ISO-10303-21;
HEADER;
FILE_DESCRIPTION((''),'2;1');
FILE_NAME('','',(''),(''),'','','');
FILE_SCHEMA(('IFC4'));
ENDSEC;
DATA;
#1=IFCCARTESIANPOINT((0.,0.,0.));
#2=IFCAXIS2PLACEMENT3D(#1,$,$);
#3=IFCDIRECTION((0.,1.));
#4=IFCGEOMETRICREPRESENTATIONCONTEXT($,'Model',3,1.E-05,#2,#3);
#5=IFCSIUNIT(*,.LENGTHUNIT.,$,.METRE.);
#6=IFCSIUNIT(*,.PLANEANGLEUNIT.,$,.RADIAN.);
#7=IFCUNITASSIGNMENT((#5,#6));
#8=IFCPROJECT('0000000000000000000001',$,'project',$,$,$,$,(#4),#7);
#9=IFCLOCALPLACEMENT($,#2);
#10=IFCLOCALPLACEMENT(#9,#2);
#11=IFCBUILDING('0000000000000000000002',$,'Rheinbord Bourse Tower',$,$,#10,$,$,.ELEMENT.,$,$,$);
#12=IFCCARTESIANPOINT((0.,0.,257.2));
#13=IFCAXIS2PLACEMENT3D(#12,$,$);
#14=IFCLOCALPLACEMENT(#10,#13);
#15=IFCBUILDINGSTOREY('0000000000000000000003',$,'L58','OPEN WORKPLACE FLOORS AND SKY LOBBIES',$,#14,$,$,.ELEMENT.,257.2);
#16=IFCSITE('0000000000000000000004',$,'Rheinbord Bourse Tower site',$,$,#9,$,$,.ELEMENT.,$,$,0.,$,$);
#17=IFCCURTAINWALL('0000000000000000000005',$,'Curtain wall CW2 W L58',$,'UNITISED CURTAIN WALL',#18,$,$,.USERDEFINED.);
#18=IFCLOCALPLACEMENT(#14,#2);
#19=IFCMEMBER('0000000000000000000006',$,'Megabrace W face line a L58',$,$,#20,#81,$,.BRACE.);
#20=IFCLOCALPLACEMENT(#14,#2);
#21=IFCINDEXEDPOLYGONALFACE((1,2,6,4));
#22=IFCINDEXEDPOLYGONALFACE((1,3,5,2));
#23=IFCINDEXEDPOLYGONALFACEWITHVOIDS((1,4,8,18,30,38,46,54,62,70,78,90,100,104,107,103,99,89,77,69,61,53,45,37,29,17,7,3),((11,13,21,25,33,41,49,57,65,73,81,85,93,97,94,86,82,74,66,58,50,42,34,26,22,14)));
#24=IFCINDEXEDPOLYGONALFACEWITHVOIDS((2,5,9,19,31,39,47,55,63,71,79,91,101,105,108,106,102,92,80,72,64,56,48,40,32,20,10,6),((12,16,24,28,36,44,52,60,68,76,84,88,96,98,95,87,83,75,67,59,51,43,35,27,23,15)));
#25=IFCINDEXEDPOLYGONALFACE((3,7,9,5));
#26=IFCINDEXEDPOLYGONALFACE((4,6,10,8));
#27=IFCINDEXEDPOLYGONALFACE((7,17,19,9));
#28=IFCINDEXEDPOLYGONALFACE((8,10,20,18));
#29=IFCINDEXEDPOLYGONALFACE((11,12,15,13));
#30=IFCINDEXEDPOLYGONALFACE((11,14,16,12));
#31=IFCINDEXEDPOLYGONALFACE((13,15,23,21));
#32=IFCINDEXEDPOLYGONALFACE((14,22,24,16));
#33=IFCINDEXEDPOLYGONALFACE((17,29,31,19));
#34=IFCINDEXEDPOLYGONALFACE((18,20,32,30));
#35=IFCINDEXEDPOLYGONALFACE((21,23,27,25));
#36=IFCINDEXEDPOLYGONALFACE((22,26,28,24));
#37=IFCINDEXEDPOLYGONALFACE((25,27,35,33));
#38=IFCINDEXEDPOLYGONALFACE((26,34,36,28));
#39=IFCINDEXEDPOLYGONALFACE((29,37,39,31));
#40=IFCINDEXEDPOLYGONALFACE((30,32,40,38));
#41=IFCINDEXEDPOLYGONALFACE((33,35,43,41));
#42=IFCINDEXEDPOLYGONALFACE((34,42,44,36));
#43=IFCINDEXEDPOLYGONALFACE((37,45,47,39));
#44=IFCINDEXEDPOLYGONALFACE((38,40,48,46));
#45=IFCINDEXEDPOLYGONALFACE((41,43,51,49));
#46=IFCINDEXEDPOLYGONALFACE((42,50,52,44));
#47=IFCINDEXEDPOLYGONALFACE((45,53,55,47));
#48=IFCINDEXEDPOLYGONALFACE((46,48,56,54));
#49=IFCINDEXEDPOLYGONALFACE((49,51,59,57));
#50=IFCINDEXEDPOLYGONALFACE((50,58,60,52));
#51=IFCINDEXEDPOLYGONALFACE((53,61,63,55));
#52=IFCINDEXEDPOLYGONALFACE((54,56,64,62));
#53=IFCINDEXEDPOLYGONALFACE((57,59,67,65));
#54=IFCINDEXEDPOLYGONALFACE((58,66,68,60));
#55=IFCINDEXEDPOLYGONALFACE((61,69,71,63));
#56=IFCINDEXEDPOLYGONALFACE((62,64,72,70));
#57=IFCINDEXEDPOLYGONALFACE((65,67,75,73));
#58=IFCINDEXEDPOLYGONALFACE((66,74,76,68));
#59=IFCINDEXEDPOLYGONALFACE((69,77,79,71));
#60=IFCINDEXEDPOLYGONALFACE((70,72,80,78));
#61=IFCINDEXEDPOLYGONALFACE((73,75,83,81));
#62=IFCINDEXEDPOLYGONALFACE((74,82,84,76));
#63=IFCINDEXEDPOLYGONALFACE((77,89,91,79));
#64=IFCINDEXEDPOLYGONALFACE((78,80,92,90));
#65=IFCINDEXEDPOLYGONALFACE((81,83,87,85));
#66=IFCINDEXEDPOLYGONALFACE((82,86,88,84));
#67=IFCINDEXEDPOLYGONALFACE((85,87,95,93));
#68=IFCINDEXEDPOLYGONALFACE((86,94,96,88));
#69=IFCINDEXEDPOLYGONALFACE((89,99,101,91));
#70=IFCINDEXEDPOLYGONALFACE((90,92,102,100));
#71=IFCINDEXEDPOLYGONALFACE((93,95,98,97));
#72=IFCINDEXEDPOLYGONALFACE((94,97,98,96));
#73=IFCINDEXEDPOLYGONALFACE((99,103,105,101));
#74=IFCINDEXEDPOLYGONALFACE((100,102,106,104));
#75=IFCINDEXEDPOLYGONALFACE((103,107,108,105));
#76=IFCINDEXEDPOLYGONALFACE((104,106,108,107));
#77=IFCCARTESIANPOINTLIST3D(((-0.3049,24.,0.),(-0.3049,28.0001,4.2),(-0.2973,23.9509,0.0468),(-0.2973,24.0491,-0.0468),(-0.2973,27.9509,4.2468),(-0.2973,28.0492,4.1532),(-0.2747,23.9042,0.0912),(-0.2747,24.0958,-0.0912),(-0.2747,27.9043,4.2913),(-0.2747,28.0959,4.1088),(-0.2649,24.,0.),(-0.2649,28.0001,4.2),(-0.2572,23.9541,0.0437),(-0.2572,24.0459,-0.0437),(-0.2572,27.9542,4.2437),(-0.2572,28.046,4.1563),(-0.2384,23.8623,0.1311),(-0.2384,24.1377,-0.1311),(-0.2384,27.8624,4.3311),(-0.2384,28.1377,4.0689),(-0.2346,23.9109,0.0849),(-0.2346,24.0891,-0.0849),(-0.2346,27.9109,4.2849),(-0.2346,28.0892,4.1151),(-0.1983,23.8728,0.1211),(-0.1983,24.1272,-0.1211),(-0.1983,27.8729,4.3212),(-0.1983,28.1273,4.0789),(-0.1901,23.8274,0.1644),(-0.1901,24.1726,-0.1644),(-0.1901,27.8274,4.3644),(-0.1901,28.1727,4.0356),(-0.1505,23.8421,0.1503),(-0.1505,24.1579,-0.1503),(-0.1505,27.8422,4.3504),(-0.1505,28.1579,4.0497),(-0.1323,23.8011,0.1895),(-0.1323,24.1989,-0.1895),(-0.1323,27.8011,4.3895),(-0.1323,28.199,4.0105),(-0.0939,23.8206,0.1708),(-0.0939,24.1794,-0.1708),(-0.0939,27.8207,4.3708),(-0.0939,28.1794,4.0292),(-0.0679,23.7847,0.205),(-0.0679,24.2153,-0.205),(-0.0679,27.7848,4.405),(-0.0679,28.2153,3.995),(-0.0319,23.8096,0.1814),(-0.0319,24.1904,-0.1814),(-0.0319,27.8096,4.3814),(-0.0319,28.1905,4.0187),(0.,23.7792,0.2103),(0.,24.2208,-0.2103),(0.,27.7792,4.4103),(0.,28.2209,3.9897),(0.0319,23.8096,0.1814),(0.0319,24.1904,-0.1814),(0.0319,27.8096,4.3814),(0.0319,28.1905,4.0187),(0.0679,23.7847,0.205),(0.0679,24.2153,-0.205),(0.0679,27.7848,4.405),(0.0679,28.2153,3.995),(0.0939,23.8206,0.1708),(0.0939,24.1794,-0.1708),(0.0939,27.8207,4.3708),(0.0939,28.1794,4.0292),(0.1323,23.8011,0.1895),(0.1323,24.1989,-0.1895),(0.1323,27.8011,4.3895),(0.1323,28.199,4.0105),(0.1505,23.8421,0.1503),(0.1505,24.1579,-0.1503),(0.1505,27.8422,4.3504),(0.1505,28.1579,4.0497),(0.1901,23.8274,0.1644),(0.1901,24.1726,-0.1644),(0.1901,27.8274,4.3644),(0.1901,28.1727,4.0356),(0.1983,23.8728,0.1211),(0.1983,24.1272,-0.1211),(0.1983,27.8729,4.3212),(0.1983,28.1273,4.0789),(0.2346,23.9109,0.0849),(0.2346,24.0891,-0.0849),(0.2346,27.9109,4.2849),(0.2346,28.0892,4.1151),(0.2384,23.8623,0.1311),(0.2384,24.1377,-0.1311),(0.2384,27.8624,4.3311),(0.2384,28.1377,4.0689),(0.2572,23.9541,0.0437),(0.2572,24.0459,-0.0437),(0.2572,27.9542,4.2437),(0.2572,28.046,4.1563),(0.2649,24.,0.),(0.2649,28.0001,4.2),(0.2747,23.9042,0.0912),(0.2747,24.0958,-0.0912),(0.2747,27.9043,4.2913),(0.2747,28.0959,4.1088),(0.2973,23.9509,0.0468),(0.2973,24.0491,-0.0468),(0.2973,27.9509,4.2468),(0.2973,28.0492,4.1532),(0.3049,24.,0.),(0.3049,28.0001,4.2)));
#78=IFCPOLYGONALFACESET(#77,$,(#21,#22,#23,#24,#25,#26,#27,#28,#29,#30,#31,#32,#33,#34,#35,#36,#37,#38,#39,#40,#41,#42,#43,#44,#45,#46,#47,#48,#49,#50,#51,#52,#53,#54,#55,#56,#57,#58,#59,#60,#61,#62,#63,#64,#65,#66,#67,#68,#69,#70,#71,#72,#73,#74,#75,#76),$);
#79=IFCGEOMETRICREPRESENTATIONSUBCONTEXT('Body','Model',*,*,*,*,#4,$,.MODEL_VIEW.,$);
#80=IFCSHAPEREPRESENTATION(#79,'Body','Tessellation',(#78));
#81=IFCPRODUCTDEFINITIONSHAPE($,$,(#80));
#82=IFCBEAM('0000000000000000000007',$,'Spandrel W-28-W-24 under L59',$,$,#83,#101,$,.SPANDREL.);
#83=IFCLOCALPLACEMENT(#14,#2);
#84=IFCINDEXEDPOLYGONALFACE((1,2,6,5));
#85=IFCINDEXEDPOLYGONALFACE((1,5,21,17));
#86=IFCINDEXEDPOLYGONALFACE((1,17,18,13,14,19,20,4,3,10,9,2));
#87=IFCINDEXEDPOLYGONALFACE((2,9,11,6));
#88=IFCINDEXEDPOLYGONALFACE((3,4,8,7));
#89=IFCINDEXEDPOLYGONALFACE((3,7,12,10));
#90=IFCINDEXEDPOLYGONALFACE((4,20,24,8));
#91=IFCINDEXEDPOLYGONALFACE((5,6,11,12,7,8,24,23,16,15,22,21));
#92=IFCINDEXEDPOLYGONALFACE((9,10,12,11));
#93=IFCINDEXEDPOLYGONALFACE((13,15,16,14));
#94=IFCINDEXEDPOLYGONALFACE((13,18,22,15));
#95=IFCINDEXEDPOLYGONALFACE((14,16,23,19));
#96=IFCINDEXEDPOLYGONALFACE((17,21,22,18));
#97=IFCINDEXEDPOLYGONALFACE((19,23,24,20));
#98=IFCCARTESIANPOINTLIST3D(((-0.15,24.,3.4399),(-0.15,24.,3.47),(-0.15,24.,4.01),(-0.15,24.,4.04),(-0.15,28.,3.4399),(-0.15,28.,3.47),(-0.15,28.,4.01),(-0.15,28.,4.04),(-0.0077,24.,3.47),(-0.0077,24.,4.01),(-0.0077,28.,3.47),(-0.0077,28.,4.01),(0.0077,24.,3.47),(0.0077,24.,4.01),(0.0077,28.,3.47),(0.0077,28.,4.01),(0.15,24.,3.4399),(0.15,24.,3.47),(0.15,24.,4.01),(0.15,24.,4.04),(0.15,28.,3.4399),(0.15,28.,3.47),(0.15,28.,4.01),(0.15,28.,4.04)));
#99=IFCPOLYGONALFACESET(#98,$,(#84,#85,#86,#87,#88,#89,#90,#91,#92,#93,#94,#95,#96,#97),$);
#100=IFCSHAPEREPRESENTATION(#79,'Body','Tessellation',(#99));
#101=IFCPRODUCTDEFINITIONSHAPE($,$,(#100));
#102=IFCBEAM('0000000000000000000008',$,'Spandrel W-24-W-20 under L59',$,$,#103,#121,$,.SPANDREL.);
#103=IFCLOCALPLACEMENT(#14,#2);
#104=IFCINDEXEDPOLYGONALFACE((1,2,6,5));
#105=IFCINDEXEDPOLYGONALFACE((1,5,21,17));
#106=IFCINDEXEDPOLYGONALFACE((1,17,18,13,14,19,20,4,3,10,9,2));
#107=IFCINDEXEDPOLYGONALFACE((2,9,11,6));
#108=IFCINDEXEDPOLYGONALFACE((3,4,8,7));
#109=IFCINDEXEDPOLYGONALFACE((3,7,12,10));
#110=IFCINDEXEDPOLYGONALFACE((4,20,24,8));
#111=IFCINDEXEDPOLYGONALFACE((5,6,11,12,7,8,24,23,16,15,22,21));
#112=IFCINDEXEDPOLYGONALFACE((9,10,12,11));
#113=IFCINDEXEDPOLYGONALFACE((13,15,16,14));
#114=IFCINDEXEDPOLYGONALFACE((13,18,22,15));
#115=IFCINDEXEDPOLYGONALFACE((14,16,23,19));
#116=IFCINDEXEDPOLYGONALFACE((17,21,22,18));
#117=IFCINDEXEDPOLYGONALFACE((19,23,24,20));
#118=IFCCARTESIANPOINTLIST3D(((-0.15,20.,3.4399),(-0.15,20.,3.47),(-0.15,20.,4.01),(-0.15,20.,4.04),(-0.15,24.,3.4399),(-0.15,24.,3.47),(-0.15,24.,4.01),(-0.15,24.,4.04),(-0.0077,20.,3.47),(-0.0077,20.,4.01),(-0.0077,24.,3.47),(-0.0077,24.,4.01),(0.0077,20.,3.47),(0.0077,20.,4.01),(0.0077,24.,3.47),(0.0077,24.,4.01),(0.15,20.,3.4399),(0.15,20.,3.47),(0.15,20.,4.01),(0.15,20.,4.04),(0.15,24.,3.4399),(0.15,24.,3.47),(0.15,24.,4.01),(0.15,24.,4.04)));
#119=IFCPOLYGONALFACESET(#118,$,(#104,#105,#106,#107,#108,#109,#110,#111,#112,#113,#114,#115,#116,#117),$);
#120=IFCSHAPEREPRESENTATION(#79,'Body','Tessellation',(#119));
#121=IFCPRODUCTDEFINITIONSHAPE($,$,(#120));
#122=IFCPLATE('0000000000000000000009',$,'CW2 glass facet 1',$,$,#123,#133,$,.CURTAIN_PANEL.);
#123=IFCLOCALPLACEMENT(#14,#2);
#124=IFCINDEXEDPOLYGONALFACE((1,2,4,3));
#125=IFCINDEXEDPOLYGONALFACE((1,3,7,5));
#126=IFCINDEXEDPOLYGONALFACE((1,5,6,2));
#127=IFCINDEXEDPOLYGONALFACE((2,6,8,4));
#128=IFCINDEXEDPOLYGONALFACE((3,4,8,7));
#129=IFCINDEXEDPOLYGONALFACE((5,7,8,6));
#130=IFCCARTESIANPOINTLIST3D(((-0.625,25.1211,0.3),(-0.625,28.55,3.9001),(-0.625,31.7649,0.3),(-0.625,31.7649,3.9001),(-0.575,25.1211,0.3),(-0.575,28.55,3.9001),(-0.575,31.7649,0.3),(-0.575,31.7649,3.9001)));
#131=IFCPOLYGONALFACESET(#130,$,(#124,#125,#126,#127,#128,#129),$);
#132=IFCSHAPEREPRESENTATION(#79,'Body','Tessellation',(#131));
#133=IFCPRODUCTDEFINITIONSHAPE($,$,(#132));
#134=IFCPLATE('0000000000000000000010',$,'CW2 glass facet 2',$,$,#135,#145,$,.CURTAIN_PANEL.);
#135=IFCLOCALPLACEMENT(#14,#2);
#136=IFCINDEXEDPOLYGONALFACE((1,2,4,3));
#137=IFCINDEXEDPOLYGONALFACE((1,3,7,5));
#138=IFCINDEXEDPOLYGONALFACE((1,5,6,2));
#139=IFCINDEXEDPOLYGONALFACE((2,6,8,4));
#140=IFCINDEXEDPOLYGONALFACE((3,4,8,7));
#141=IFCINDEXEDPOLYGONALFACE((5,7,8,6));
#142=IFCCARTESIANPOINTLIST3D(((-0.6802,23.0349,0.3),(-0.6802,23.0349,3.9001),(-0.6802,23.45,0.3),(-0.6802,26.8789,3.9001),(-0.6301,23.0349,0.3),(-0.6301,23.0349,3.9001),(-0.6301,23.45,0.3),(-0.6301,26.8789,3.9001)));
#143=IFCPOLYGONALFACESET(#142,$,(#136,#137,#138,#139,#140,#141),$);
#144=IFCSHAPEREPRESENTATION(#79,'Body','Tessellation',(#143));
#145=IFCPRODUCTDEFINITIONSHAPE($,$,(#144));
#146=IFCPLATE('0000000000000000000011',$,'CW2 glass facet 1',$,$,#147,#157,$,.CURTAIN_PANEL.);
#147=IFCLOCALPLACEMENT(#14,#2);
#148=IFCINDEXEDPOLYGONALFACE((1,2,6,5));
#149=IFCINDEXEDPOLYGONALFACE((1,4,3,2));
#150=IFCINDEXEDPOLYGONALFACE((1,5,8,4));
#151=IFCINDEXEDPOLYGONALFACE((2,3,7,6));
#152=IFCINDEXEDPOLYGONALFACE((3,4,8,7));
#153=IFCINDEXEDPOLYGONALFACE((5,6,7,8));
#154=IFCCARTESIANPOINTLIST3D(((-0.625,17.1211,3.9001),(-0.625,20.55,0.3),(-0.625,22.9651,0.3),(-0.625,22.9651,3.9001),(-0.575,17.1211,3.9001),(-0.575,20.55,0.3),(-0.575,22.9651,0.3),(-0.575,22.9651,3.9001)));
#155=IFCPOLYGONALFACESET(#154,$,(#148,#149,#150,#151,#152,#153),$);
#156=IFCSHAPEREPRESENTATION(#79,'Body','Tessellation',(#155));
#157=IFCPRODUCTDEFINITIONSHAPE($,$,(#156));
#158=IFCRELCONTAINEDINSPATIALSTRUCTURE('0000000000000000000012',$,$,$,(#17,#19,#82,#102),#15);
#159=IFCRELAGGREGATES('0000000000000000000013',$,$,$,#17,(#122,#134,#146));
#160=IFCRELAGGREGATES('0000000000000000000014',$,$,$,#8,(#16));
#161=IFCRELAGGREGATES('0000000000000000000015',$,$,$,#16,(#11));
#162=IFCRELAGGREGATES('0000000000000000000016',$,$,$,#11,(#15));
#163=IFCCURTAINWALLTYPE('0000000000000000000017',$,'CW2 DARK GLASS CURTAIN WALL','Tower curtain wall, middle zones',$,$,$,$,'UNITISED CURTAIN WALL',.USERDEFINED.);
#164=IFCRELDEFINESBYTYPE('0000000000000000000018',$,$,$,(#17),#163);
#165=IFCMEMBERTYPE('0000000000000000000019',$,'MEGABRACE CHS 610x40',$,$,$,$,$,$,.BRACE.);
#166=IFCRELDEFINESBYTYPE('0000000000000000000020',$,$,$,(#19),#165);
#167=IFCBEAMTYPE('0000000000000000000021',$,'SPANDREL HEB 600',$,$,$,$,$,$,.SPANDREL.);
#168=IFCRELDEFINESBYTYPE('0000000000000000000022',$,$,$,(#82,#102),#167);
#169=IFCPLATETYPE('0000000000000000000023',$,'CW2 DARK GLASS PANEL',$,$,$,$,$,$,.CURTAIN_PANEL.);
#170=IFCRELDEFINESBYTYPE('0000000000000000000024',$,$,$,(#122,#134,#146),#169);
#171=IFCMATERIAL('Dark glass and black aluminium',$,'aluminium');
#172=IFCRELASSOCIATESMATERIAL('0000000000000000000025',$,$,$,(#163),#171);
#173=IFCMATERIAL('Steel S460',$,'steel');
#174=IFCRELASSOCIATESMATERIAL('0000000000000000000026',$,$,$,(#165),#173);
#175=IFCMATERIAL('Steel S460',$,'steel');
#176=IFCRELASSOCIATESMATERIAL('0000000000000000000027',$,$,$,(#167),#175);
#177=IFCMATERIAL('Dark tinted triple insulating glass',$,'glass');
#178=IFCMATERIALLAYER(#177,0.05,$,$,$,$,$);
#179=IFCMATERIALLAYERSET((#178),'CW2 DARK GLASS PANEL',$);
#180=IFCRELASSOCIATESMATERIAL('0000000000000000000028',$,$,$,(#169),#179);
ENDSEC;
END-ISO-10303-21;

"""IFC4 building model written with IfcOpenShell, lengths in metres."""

from ifc_helpers import new_model, si_unit, direction, frame, origin, origin_2d, place, context, subcontext, project, spatial, polyline, hollow_circle, i_section, outline, extrude, material, layer, layer_set, material_profile, profile_set, type_object, element, aggregate, save


model = new_model("IFC4")

# Units and contexts
model_context = context("Model", 3, precision=1e-05, world=origin(), true_north=direction((0.0, 1.0)))
body_context = subcontext(model_context, "Body", "Model", "MODEL_VIEW")
ifc_project = project(units=[si_unit("LENGTHUNIT", "METRE"), si_unit("PLANEANGLEUNIT", "RADIAN")], contexts=[model_context])

# Site, building, storey
site_placement = place(None, origin())
site = spatial("IfcSite", under=ifc_project, at=site_placement, Name="Rheinbord Bourse Tower site", CompositionType="ELEMENT", RefElevation=0.0)
building_placement = place(site_placement, origin())
building = spatial("IfcBuilding", under=site, at=building_placement, Name="Rheinbord Bourse Tower", CompositionType="ELEMENT")
storey_placement = place(building_placement, frame((0.0, 0.0, 257.2)))
storey = spatial("IfcBuildingStorey", under=building, at=storey_placement, Name="L58", Description="OPEN WORKPLACE FLOORS AND SKY LOBBIES", CompositionType="ELEMENT", Elevation=257.2)

# Curtain wall
ifc_material_1 = material(Name="Dark glass and black aluminium", Category="aluminium")
curtain_wall_type = type_object("IfcCurtainWallType", Name="CW2 DARK GLASS CURTAIN WALL", Description="Tower curtain wall, middle zones", ElementType="UNITISED CURTAIN WALL", PredefinedType="USERDEFINED", material=ifc_material_1)
curtain_wall_placement = place(storey_placement, origin())
curtain_wall = element("IfcCurtainWall", 1, at=curtain_wall_placement, inside=storey, type_object=curtain_wall_type, Name="Curtain wall CW2 W L58", ObjectType="UNITISED CURTAIN WALL", PredefinedType="USERDEFINED")

# Member
ifc_material_2 = material(Name="Steel S460", Category="steel")
ifc_material_profile_1 = material_profile(ifc_material_2, hollow_circle(Radius=0.3049, WallThickness=0.04, at=origin_2d()), Name="CHS 610x40")
ifc_profile_set_1 = profile_set([ifc_material_profile_1], Name="Steel S460")
member_type_1 = type_object("IfcMemberType", Name="MEGABRACE CHS 610x40", PredefinedType="BRACE", material=ifc_profile_set_1)
member_1_placement = place(storey_placement, frame((0.0, 24.0, 0.0), z_axis=(0.0, 0.689659, 0.724134), x_axis=(-1.0, 0.0, 0.0)))
element("IfcMember", 2, at=member_1_placement, inside=storey, type_object=member_type_1, Name="Megabrace W face line a L58", PredefinedType="BRACE", context=body_context, shape_type="SweptSolid", body=[
    extrude(hollow_circle(Radius=0.3049, WallThickness=0.04, at=origin_2d()), origin(), (0.0, 0.0, 1.0), 5.8),
])

# Beams
ifc_material_3 = material(Name="Steel S460", Category="steel")
ifc_material_profile_2 = material_profile(ifc_material_3, i_section(OverallWidth=0.3, OverallDepth=0.6001, WebThickness=0.0154, FlangeThickness=0.03, at=origin_2d()), Name="HEB 600")
ifc_profile_set_2 = profile_set([ifc_material_profile_2], Name="Steel S460")
beam_type_1 = type_object("IfcBeamType", Name="SPANDREL HEB 600", PredefinedType="SPANDREL", material=ifc_profile_set_2)
for number, where, z_axis, x_axis, name in (
    (3, (0.0, 28.0, 3.74), (0.0, -1.0, 0.0), (1.0, 0.0, 0.0), "Spandrel W-28-W-24 under L59"),
    (4, (0.0, 24.0, 3.74), (0.0, -1.0, 0.0), (1.0, 0.0, 0.0), "Spandrel W-24-W-20 under L59"),
):
    element("IfcBeam", number, at=place(storey_placement, frame(where, z_axis=z_axis, x_axis=x_axis)), inside=storey, type_object=beam_type_1, Name=name, PredefinedType="SPANDREL", context=body_context, shape_type="SweptSolid", body=[
        extrude(i_section(OverallWidth=0.3, OverallDepth=0.6001, WebThickness=0.0154, FlangeThickness=0.03, at=origin_2d()), origin(), (0.0, 0.0, 1.0), 4.0),
    ])

# Plates
ifc_material_4 = material(Name="Dark tinted triple insulating glass", Category="glass")
ifc_layer = layer(ifc_material_4, 0.05)
ifc_layer_set = layer_set([ifc_layer], Name="CW2 DARK GLASS PANEL")
plate_type = type_object("IfcPlateType", Name="CW2 DARK GLASS PANEL", PredefinedType="CURTAIN_PANEL", material=ifc_layer_set)
plate_1_placement = place(storey_placement, frame((-0.625, 31.7649, 0.3), z_axis=(1.0, 0.0, 0.0), x_axis=(0.0, 0.0, 1.0)))
plate_1 = element("IfcPlate", 5, at=plate_1_placement, type_object=plate_type, Name="CW2 glass facet 1", PredefinedType="CURTAIN_PANEL", context=body_context, shape_type="SweptSolid", body=[
    extrude(outline(polyline([(0.0, 0.0), (3.6001, 0.0), (3.6001, 3.2148), (0.0, 6.6438), (0.0, 0.0)])), origin(), (0.0, 0.0, 1.0), 0.05),
])
plate_2_placement = place(storey_placement, frame((-0.6802, 23.0349, 3.9001), z_axis=(1.0, 0.0, 0.0), x_axis=(0.0, 0.0, -1.0)))
plate_2 = element("IfcPlate", 6, at=plate_2_placement, type_object=plate_type, Name="CW2 glass facet 2", PredefinedType="CURTAIN_PANEL", context=body_context, shape_type="SweptSolid", body=[
    extrude(outline(polyline([(0.0, 0.0), (3.6001, 0.0), (3.6001, 0.415), (0.0, 3.844), (0.0, 0.0)])), origin(), (0.0, 0.0, 1.0), 0.05),
])
plate_3_placement = place(storey_placement, frame((-0.625, 22.9651, 0.3), z_axis=(1.0, 0.0, 0.0), x_axis=(0.0, 0.0, 1.0)))
plate_3 = element("IfcPlate", 7, at=plate_3_placement, type_object=plate_type, Name="CW2 glass facet 1", PredefinedType="CURTAIN_PANEL", context=body_context, shape_type="SweptSolid", body=[
    extrude(outline(polyline([(0.0, 0.0), (3.6001, 0.0), (3.6001, 5.844), (0.0, 2.415), (0.0, 0.0)])), origin(), (0.0, 0.0, 1.0), 0.05),
])
aggregate(curtain_wall, [plate_1, plate_2, plate_3])

save(model, "model.ifc")
